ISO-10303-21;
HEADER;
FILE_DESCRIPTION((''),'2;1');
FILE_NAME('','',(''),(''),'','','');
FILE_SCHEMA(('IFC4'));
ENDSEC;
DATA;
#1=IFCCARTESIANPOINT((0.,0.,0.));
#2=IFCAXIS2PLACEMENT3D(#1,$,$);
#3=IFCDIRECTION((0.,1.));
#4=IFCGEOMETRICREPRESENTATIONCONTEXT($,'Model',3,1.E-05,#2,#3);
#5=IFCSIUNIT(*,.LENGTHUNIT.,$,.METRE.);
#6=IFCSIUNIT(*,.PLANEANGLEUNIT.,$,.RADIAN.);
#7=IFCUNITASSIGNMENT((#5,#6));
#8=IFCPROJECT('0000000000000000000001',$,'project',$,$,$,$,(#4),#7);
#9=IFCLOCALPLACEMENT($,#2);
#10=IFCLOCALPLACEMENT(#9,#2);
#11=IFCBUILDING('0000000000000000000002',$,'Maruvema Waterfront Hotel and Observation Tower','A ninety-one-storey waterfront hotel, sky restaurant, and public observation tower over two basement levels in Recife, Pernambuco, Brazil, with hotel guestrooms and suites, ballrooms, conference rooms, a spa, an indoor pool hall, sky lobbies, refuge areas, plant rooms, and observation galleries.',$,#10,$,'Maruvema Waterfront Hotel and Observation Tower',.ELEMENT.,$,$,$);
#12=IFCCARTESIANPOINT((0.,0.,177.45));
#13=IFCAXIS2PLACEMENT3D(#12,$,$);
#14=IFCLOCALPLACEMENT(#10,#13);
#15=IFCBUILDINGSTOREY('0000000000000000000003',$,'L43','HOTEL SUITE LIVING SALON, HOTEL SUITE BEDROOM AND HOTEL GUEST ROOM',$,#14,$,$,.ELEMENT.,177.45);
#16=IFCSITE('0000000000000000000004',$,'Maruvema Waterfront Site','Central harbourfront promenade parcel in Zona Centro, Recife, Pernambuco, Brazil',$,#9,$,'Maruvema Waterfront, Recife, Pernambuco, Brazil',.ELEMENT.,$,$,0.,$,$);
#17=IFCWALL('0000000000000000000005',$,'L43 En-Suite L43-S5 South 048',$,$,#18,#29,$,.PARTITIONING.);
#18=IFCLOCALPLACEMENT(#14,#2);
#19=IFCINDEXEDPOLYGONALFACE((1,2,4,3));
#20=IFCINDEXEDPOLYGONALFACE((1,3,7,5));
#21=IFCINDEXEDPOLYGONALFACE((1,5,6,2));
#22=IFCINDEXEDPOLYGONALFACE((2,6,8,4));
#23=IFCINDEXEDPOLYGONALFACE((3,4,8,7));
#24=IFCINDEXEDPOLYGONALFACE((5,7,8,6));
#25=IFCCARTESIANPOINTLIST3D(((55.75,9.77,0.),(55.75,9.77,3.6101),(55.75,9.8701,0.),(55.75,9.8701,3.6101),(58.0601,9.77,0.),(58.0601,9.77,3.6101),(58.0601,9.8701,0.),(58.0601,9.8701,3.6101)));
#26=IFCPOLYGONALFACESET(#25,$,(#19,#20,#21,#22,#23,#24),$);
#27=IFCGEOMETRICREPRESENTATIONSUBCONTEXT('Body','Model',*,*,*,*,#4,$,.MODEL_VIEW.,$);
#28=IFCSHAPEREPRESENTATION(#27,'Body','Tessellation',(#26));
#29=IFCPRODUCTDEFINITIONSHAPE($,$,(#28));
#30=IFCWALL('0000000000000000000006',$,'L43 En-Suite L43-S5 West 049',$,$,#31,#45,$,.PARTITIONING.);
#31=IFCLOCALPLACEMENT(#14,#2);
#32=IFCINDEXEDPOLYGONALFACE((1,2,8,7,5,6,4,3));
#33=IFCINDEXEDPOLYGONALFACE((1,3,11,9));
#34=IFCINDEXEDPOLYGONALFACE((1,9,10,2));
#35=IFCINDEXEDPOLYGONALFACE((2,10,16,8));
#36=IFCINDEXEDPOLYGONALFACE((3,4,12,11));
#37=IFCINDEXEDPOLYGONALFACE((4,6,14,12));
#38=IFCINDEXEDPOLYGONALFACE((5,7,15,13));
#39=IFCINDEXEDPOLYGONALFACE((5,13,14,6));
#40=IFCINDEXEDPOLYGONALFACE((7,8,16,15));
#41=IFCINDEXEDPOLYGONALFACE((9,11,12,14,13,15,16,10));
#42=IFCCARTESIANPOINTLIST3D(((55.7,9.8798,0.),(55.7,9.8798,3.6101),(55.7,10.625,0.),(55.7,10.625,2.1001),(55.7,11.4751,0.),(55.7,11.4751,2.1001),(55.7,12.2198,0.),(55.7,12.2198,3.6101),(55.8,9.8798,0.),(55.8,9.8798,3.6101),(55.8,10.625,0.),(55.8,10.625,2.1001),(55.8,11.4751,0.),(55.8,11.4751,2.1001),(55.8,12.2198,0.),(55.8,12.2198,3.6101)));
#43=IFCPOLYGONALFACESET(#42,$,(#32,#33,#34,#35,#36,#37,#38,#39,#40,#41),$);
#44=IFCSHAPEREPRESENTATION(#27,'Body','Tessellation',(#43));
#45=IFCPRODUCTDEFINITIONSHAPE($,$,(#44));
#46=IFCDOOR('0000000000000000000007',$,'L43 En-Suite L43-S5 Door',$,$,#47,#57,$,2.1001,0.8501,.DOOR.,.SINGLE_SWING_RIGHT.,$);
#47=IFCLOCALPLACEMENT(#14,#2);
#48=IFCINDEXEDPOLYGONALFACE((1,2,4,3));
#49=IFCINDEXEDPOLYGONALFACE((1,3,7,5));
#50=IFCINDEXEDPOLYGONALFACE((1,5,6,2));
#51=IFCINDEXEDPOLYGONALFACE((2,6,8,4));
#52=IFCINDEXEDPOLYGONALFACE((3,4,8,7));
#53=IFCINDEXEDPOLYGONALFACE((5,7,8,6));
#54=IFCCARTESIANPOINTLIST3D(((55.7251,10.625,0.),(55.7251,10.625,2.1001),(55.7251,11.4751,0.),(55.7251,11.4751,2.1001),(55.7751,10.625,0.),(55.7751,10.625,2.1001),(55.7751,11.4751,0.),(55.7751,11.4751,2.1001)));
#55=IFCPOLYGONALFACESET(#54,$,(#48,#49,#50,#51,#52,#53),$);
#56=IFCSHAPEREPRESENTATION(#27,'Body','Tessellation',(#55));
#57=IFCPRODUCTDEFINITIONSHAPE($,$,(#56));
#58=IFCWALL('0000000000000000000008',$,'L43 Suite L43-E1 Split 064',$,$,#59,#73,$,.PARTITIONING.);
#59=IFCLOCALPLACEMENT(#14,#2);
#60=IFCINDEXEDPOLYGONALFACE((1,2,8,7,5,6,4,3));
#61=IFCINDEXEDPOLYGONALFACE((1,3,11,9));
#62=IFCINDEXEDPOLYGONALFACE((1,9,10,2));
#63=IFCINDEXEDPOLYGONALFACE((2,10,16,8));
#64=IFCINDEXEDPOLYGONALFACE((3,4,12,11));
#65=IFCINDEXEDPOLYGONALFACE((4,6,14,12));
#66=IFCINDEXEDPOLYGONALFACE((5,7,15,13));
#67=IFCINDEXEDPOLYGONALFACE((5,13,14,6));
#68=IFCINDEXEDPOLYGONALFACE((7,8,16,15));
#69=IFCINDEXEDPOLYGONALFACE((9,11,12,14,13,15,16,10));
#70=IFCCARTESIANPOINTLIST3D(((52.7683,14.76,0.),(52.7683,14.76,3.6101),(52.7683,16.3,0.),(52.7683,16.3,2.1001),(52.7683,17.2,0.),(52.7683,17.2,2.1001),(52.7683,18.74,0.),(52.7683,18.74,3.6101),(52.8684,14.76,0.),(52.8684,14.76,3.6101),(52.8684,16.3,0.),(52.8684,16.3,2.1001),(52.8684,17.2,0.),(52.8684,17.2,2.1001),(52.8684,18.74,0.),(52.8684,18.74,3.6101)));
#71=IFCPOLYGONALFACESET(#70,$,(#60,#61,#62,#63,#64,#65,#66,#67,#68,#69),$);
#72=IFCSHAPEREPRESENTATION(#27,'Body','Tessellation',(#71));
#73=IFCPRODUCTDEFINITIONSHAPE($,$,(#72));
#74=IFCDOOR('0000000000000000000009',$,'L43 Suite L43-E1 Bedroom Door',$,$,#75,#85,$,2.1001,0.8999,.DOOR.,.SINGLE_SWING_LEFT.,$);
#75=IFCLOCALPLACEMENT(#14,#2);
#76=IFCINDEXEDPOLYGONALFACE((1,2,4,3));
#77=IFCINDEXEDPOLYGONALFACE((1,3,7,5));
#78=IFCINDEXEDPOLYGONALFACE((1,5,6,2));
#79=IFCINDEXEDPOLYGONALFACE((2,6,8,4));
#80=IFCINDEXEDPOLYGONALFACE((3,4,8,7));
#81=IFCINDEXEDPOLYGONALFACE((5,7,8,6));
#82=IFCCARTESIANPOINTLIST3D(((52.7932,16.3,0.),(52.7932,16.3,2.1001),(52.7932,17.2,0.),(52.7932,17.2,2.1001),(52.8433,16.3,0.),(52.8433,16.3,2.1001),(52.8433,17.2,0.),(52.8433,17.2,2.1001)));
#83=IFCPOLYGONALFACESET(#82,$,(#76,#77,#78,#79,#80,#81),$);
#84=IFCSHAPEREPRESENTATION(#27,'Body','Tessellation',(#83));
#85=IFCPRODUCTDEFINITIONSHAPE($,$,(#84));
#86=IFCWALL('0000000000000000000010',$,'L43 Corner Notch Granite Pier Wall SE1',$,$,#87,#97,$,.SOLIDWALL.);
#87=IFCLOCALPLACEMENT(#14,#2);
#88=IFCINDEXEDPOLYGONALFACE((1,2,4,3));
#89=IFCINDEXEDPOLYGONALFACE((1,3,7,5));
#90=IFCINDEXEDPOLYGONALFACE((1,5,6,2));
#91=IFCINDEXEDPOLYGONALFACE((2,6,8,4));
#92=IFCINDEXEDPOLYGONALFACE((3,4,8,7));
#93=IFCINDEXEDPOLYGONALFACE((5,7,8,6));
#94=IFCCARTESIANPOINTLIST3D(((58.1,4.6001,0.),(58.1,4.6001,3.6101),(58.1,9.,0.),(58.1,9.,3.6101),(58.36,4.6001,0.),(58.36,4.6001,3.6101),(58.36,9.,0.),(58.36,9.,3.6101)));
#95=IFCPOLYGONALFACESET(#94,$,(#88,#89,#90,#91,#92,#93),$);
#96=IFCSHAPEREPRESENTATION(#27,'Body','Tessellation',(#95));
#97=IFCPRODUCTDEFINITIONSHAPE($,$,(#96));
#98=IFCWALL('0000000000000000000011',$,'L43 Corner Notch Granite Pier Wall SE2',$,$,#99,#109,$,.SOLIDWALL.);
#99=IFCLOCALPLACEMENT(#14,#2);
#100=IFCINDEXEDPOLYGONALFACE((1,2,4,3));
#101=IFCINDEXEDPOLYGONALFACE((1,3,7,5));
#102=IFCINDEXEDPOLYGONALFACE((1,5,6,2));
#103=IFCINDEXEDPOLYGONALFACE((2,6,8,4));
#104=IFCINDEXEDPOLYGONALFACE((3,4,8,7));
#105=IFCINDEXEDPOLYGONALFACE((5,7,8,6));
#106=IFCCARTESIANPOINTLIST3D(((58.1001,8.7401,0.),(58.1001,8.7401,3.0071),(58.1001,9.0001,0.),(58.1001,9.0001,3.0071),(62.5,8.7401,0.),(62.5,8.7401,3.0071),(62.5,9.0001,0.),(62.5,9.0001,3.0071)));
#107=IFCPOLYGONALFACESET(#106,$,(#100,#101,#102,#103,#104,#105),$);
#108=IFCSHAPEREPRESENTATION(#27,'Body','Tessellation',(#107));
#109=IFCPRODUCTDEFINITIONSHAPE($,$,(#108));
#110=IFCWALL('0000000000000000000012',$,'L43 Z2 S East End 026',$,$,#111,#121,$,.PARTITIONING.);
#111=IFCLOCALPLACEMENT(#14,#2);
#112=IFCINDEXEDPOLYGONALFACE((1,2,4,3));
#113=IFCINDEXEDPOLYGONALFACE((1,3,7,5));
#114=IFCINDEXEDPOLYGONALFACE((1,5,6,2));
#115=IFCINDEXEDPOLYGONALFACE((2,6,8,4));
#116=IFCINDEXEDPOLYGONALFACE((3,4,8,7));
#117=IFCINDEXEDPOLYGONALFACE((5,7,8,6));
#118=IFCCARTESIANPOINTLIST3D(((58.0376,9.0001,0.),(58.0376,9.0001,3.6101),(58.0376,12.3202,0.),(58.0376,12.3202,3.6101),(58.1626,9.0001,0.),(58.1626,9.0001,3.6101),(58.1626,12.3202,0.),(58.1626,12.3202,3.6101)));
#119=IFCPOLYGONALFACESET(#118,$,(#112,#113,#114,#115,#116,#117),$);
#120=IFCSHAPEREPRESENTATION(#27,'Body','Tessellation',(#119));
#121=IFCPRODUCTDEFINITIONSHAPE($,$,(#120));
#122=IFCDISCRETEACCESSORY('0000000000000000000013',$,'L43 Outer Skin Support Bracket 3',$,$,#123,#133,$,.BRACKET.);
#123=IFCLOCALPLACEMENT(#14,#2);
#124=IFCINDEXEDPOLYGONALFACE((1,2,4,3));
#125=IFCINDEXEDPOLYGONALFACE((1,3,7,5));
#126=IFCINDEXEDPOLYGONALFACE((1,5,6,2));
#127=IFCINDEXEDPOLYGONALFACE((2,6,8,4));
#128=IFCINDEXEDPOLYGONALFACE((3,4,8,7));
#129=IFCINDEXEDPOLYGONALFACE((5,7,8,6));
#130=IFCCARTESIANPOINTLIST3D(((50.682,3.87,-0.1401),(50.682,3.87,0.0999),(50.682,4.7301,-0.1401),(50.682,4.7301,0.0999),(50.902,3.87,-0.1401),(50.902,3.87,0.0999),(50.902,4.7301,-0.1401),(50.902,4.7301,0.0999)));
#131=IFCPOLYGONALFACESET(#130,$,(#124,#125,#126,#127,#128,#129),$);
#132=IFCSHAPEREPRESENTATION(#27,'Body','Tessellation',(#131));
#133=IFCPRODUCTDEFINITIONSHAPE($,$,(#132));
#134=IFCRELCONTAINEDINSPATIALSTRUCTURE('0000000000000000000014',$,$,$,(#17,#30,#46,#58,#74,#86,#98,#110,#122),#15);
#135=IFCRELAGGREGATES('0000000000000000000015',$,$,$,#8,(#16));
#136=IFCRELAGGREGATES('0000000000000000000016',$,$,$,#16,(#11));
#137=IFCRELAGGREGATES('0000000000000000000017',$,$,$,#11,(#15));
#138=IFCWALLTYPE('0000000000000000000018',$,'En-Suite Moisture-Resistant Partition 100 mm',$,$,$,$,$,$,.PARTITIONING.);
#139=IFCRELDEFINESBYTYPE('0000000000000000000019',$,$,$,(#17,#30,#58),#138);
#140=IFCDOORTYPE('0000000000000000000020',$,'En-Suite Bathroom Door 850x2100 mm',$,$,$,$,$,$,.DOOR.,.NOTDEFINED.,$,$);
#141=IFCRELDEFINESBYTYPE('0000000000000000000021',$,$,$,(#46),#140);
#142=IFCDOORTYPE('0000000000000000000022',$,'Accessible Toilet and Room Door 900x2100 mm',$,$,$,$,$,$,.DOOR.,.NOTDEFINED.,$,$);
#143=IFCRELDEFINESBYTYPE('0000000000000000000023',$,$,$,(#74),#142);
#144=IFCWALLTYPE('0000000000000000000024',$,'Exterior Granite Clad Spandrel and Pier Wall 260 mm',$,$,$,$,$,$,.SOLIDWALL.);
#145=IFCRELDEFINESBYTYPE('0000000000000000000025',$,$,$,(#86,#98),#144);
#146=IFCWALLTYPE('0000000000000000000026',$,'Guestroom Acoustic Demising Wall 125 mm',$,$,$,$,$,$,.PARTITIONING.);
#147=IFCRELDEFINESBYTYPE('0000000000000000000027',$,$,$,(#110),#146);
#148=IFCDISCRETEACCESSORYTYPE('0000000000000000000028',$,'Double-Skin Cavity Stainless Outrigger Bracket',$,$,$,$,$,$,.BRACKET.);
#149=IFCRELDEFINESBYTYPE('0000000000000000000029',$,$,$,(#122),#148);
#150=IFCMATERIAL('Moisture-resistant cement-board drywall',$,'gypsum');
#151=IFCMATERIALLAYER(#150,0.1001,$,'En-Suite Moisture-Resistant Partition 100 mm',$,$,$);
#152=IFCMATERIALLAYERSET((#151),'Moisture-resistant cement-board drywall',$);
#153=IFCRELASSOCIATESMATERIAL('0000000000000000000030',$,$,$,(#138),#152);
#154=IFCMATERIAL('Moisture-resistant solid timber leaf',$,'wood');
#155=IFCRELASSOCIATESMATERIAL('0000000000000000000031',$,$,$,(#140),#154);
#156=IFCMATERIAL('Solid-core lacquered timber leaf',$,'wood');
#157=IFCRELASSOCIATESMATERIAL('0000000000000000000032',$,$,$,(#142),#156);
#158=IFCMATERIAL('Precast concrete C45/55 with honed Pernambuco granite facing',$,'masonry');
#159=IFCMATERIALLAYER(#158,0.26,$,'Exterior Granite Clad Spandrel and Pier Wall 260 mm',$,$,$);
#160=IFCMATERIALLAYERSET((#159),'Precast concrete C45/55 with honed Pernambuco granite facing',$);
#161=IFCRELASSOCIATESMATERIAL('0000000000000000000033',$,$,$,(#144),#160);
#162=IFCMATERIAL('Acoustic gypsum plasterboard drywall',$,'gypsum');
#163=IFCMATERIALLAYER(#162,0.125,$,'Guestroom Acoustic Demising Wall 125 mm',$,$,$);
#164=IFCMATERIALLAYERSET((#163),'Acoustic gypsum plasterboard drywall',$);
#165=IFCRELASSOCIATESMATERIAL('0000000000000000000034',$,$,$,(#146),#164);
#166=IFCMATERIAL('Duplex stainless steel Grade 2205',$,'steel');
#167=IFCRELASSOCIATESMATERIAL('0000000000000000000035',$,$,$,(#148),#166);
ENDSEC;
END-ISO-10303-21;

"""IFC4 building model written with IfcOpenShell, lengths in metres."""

from ifc_helpers import new_model, si_unit, direction, frame, frame_2d, origin, origin_2d, place, context, subcontext, project, spatial, rectangle, extrude, material, layer, layer_set, type_object, element, fill, save


model = new_model("IFC4")

# Units and contexts
model_context = context("Model", 3, precision=1e-05, world=origin(), true_north=direction((0.0, 1.0)))
body_context = subcontext(model_context, "Body", "Model", "MODEL_VIEW")
ifc_project = project(units=[si_unit("LENGTHUNIT", "METRE"), si_unit("PLANEANGLEUNIT", "RADIAN")], contexts=[model_context])

# Site, building, storey
site_placement = place(None, origin())
site = spatial("IfcSite", under=ifc_project, at=site_placement, Name="Maruvema Waterfront Site", Description="Central harbourfront promenade parcel in Zona Centro, Recife, Pernambuco, Brazil", LongName="Maruvema Waterfront, Recife, Pernambuco, Brazil", CompositionType="ELEMENT", RefElevation=0.0)
building_placement = place(site_placement, origin())
building = spatial("IfcBuilding", under=site, at=building_placement, Name="Maruvema Waterfront Hotel and Observation Tower", Description="A ninety-one-storey waterfront hotel, sky restaurant, and public observation tower over two basement levels in Recife, Pernambuco, Brazil, with hotel guestrooms and suites, ballrooms, conference rooms, a spa, an indoor pool hall, sky lobbies, refuge areas, plant rooms, and observation galleries.", LongName="Maruvema Waterfront Hotel and Observation Tower", CompositionType="ELEMENT")
storey_placement = place(building_placement, frame((0.0, 0.0, 177.45)))
storey = spatial("IfcBuildingStorey", under=building, at=storey_placement, Name="L43", Description="HOTEL SUITE LIVING SALON, HOTEL SUITE BEDROOM AND HOTEL GUEST ROOM", CompositionType="ELEMENT", Elevation=177.45)

# Wall
ifc_material_1 = material(Name="Moisture-resistant cement-board drywall", Category="gypsum")
ifc_layer_1 = layer(ifc_material_1, 0.1001, Name="En-Suite Moisture-Resistant Partition 100 mm")
ifc_layer_set_1 = layer_set([ifc_layer_1], Name="Moisture-resistant cement-board drywall")
wall_type_1 = type_object("IfcWallType", Name="En-Suite Moisture-Resistant Partition 100 mm", PredefinedType="PARTITIONING", material=ifc_layer_set_1)
wall_1_placement = place(storey_placement, frame((55.75, 9.8201, 0.0), z_axis=(0.0, 0.0, 1.0), x_axis=(1.0, 0.0, 0.0)))
element("IfcWall", 1, at=wall_1_placement, inside=storey, type_object=wall_type_1, Name="L43 En-Suite L43-S5 South 048", PredefinedType="PARTITIONING", context=body_context, shape_type="SweptSolid", body=[
    extrude(rectangle(XDim=2.3101, YDim=0.1001, at=frame_2d((1.155, 0.0))), origin(), (0.0, 0.0, 1.0), 3.6101),
])

# Walls, openings, doors
wall_2_placement = place(storey_placement, frame((55.75, 9.8799, 0.0), z_axis=(0.0, 0.0, 1.0), x_axis=(0.0, 1.0, 0.0)))
wall_2 = element("IfcWall", 2, at=wall_2_placement, inside=storey, type_object=wall_type_1, Name="L43 En-Suite L43-S5 West 049", PredefinedType="PARTITIONING", context=body_context, shape_type="SweptSolid", body=[
    extrude(rectangle(XDim=2.3401, YDim=0.1001, at=frame_2d((1.1699, 0.0))), origin(), (0.0, 0.0, 1.0), 3.6101),
])
opening_1_placement = place(wall_2_placement, frame((0.7451, 0.0, 0.0)))
opening_1 = element("IfcOpeningElement", 3, at=opening_1_placement, cuts=wall_2, PredefinedType="OPENING", context=body_context, shape_type="SweptSolid", body=[
    extrude(rectangle(XDim=0.8501, YDim=2.1001, at=frame_2d((0.425, 1.05))), frame((0.0, 0.0601, 0.0), z_axis=(0.0, -1.0, 0.0), x_axis=(1.0, 0.0, 0.0)), (0.0, 0.0, 1.0), 0.1201),
])
ifc_material_2 = material(Name="Moisture-resistant solid timber leaf", Category="wood")
door_type_1 = type_object("IfcDoorType", Name="En-Suite Bathroom Door 850x2100 mm", OperationType="NOTDEFINED", PredefinedType="DOOR", material=ifc_material_2)
door_1_placement = place(opening_1_placement, origin())
door_1 = element("IfcDoor", 4, at=door_1_placement, inside=storey, type_object=door_type_1, Name="L43 En-Suite L43-S5 Door", OperationType="SINGLE_SWING_RIGHT", OverallHeight=2.1001, OverallWidth=0.8501, PredefinedType="DOOR", context=body_context, shape_type="SweptSolid", body=[
    extrude(rectangle(XDim=0.8501, YDim=2.1001, at=frame_2d((0.425, 1.05))), frame((0.0, 0.0249, 0.0), z_axis=(0.0, -1.0, 0.0), x_axis=(1.0, 0.0, 0.0)), (0.0, 0.0, 1.0), 0.05),
])
fill(opening_1, door_1)
wall_3_placement = place(storey_placement, frame((52.8184, 14.76, 0.0), z_axis=(0.0, 0.0, 1.0), x_axis=(0.0, 1.0, 0.0)))
wall_3 = element("IfcWall", 5, at=wall_3_placement, inside=storey, type_object=wall_type_1, Name="L43 Suite L43-E1 Split 064", PredefinedType="PARTITIONING", context=body_context, shape_type="SweptSolid", body=[
    extrude(rectangle(XDim=3.98, YDim=0.1001, at=frame_2d((1.99, 0.0))), origin(), (0.0, 0.0, 1.0), 3.6101),
])
opening_2_placement = place(wall_3_placement, frame((1.54, 0.0, 0.0)))
opening_2 = element("IfcOpeningElement", 6, at=opening_2_placement, cuts=wall_3, PredefinedType="OPENING", context=body_context, shape_type="SweptSolid", body=[
    extrude(rectangle(XDim=0.8999, YDim=2.1001, at=frame_2d((0.45, 1.05))), frame((0.0, 0.0601, 0.0), z_axis=(0.0, -1.0, 0.0), x_axis=(1.0, 0.0, 0.0)), (0.0, 0.0, 1.0), 0.1201),
])
ifc_material_3 = material(Name="Solid-core lacquered timber leaf", Category="wood")
door_type_2 = type_object("IfcDoorType", Name="Accessible Toilet and Room Door 900x2100 mm", OperationType="NOTDEFINED", PredefinedType="DOOR", material=ifc_material_3)
door_2_placement = place(opening_2_placement, frame((0.8999, 0.0, 0.0), z_axis=(0.0, 0.0, 1.0), x_axis=(-1.0, 0.0, 0.0)))
door_2 = element("IfcDoor", 7, at=door_2_placement, inside=storey, type_object=door_type_2, Name="L43 Suite L43-E1 Bedroom Door", OperationType="SINGLE_SWING_LEFT", OverallHeight=2.1001, OverallWidth=0.8999, PredefinedType="DOOR", context=body_context, shape_type="SweptSolid", body=[
    extrude(rectangle(XDim=0.8999, YDim=2.1001, at=frame_2d((0.45, 1.05))), frame((0.0, 0.0249, 0.0), z_axis=(0.0, -1.0, 0.0), x_axis=(1.0, 0.0, 0.0)), (0.0, 0.0, 1.0), 0.05),
])
fill(opening_2, door_2)

# Walls
ifc_material_4 = material(Name="Precast concrete C45/55 with honed Pernambuco granite facing", Category="masonry")
ifc_layer_2 = layer(ifc_material_4, 0.26, Name="Exterior Granite Clad Spandrel and Pier Wall 260 mm")
ifc_layer_set_2 = layer_set([ifc_layer_2], Name="Precast concrete C45/55 with honed Pernambuco granite facing")
wall_type_2 = type_object("IfcWallType", Name="Exterior Granite Clad Spandrel and Pier Wall 260 mm", PredefinedType="SOLIDWALL", material=ifc_layer_set_2)
wall_4_placement = place(storey_placement, frame((58.23, 9.0, 0.0), z_axis=(0.0, 0.0, 1.0), x_axis=(0.0, -1.0, 0.0)))
element("IfcWall", 8, at=wall_4_placement, inside=storey, type_object=wall_type_2, Name="L43 Corner Notch Granite Pier Wall SE1", PredefinedType="SOLIDWALL", context=body_context, shape_type="SweptSolid", body=[
    extrude(rectangle(XDim=4.3999, YDim=0.26, at=frame_2d((2.2, 0.0))), origin(), (0.0, 0.0, 1.0), 3.6101),
])
wall_5_placement = place(storey_placement, frame((62.5, 8.8701, 0.0), z_axis=(0.0, 0.0, 1.0), x_axis=(-1.0, 0.0, 0.0)))
element("IfcWall", 9, at=wall_5_placement, inside=storey, type_object=wall_type_2, Name="L43 Corner Notch Granite Pier Wall SE2", PredefinedType="SOLIDWALL", context=body_context, shape_type="SweptSolid", body=[
    extrude(rectangle(XDim=4.3999, YDim=0.26, at=frame_2d((2.2, 0.0))), origin(), (0.0, 0.0, 1.0), 3.0071),
])
ifc_material_5 = material(Name="Acoustic gypsum plasterboard drywall", Category="gypsum")
ifc_layer_3 = layer(ifc_material_5, 0.125, Name="Guestroom Acoustic Demising Wall 125 mm")
ifc_layer_set_3 = layer_set([ifc_layer_3], Name="Acoustic gypsum plasterboard drywall")
wall_type_3 = type_object("IfcWallType", Name="Guestroom Acoustic Demising Wall 125 mm", PredefinedType="PARTITIONING", material=ifc_layer_set_3)
wall_6_placement = place(storey_placement, frame((58.1001, 9.0, 0.0), z_axis=(0.0, 0.0, 1.0), x_axis=(0.0, 1.0, 0.0)))
element("IfcWall", 10, at=wall_6_placement, inside=storey, type_object=wall_type_3, Name="L43 Z2 S East End 026", PredefinedType="PARTITIONING", context=body_context, shape_type="SweptSolid", body=[
    extrude(rectangle(XDim=3.3201, YDim=0.125, at=frame_2d((1.6602, 0.0))), origin(), (0.0, 0.0, 1.0), 3.6101),
])

# Discrete accessory
ifc_material_6 = material(Name="Duplex stainless steel Grade 2205", Category="steel")
discrete_accessory_type = type_object("IfcDiscreteAccessoryType", Name="Double-Skin Cavity Stainless Outrigger Bracket", PredefinedType="BRACKET", material=ifc_material_6)
discrete_accessory_placement = place(storey_placement, frame((50.792, 4.3, -0.1401), z_axis=(0.0, 0.0, 1.0), x_axis=(1.0, 0.0, 0.0)))
element("IfcDiscreteAccessory", 11, at=discrete_accessory_placement, inside=storey, type_object=discrete_accessory_type, Name="L43 Outer Skin Support Bracket 3", PredefinedType="BRACKET", context=body_context, shape_type="SweptSolid", body=[
    extrude(rectangle(XDim=0.22, YDim=0.8601, at=origin_2d()), origin(), (0.0, 0.0, 1.0), 0.24),
])

save(model, "model.ifc")
